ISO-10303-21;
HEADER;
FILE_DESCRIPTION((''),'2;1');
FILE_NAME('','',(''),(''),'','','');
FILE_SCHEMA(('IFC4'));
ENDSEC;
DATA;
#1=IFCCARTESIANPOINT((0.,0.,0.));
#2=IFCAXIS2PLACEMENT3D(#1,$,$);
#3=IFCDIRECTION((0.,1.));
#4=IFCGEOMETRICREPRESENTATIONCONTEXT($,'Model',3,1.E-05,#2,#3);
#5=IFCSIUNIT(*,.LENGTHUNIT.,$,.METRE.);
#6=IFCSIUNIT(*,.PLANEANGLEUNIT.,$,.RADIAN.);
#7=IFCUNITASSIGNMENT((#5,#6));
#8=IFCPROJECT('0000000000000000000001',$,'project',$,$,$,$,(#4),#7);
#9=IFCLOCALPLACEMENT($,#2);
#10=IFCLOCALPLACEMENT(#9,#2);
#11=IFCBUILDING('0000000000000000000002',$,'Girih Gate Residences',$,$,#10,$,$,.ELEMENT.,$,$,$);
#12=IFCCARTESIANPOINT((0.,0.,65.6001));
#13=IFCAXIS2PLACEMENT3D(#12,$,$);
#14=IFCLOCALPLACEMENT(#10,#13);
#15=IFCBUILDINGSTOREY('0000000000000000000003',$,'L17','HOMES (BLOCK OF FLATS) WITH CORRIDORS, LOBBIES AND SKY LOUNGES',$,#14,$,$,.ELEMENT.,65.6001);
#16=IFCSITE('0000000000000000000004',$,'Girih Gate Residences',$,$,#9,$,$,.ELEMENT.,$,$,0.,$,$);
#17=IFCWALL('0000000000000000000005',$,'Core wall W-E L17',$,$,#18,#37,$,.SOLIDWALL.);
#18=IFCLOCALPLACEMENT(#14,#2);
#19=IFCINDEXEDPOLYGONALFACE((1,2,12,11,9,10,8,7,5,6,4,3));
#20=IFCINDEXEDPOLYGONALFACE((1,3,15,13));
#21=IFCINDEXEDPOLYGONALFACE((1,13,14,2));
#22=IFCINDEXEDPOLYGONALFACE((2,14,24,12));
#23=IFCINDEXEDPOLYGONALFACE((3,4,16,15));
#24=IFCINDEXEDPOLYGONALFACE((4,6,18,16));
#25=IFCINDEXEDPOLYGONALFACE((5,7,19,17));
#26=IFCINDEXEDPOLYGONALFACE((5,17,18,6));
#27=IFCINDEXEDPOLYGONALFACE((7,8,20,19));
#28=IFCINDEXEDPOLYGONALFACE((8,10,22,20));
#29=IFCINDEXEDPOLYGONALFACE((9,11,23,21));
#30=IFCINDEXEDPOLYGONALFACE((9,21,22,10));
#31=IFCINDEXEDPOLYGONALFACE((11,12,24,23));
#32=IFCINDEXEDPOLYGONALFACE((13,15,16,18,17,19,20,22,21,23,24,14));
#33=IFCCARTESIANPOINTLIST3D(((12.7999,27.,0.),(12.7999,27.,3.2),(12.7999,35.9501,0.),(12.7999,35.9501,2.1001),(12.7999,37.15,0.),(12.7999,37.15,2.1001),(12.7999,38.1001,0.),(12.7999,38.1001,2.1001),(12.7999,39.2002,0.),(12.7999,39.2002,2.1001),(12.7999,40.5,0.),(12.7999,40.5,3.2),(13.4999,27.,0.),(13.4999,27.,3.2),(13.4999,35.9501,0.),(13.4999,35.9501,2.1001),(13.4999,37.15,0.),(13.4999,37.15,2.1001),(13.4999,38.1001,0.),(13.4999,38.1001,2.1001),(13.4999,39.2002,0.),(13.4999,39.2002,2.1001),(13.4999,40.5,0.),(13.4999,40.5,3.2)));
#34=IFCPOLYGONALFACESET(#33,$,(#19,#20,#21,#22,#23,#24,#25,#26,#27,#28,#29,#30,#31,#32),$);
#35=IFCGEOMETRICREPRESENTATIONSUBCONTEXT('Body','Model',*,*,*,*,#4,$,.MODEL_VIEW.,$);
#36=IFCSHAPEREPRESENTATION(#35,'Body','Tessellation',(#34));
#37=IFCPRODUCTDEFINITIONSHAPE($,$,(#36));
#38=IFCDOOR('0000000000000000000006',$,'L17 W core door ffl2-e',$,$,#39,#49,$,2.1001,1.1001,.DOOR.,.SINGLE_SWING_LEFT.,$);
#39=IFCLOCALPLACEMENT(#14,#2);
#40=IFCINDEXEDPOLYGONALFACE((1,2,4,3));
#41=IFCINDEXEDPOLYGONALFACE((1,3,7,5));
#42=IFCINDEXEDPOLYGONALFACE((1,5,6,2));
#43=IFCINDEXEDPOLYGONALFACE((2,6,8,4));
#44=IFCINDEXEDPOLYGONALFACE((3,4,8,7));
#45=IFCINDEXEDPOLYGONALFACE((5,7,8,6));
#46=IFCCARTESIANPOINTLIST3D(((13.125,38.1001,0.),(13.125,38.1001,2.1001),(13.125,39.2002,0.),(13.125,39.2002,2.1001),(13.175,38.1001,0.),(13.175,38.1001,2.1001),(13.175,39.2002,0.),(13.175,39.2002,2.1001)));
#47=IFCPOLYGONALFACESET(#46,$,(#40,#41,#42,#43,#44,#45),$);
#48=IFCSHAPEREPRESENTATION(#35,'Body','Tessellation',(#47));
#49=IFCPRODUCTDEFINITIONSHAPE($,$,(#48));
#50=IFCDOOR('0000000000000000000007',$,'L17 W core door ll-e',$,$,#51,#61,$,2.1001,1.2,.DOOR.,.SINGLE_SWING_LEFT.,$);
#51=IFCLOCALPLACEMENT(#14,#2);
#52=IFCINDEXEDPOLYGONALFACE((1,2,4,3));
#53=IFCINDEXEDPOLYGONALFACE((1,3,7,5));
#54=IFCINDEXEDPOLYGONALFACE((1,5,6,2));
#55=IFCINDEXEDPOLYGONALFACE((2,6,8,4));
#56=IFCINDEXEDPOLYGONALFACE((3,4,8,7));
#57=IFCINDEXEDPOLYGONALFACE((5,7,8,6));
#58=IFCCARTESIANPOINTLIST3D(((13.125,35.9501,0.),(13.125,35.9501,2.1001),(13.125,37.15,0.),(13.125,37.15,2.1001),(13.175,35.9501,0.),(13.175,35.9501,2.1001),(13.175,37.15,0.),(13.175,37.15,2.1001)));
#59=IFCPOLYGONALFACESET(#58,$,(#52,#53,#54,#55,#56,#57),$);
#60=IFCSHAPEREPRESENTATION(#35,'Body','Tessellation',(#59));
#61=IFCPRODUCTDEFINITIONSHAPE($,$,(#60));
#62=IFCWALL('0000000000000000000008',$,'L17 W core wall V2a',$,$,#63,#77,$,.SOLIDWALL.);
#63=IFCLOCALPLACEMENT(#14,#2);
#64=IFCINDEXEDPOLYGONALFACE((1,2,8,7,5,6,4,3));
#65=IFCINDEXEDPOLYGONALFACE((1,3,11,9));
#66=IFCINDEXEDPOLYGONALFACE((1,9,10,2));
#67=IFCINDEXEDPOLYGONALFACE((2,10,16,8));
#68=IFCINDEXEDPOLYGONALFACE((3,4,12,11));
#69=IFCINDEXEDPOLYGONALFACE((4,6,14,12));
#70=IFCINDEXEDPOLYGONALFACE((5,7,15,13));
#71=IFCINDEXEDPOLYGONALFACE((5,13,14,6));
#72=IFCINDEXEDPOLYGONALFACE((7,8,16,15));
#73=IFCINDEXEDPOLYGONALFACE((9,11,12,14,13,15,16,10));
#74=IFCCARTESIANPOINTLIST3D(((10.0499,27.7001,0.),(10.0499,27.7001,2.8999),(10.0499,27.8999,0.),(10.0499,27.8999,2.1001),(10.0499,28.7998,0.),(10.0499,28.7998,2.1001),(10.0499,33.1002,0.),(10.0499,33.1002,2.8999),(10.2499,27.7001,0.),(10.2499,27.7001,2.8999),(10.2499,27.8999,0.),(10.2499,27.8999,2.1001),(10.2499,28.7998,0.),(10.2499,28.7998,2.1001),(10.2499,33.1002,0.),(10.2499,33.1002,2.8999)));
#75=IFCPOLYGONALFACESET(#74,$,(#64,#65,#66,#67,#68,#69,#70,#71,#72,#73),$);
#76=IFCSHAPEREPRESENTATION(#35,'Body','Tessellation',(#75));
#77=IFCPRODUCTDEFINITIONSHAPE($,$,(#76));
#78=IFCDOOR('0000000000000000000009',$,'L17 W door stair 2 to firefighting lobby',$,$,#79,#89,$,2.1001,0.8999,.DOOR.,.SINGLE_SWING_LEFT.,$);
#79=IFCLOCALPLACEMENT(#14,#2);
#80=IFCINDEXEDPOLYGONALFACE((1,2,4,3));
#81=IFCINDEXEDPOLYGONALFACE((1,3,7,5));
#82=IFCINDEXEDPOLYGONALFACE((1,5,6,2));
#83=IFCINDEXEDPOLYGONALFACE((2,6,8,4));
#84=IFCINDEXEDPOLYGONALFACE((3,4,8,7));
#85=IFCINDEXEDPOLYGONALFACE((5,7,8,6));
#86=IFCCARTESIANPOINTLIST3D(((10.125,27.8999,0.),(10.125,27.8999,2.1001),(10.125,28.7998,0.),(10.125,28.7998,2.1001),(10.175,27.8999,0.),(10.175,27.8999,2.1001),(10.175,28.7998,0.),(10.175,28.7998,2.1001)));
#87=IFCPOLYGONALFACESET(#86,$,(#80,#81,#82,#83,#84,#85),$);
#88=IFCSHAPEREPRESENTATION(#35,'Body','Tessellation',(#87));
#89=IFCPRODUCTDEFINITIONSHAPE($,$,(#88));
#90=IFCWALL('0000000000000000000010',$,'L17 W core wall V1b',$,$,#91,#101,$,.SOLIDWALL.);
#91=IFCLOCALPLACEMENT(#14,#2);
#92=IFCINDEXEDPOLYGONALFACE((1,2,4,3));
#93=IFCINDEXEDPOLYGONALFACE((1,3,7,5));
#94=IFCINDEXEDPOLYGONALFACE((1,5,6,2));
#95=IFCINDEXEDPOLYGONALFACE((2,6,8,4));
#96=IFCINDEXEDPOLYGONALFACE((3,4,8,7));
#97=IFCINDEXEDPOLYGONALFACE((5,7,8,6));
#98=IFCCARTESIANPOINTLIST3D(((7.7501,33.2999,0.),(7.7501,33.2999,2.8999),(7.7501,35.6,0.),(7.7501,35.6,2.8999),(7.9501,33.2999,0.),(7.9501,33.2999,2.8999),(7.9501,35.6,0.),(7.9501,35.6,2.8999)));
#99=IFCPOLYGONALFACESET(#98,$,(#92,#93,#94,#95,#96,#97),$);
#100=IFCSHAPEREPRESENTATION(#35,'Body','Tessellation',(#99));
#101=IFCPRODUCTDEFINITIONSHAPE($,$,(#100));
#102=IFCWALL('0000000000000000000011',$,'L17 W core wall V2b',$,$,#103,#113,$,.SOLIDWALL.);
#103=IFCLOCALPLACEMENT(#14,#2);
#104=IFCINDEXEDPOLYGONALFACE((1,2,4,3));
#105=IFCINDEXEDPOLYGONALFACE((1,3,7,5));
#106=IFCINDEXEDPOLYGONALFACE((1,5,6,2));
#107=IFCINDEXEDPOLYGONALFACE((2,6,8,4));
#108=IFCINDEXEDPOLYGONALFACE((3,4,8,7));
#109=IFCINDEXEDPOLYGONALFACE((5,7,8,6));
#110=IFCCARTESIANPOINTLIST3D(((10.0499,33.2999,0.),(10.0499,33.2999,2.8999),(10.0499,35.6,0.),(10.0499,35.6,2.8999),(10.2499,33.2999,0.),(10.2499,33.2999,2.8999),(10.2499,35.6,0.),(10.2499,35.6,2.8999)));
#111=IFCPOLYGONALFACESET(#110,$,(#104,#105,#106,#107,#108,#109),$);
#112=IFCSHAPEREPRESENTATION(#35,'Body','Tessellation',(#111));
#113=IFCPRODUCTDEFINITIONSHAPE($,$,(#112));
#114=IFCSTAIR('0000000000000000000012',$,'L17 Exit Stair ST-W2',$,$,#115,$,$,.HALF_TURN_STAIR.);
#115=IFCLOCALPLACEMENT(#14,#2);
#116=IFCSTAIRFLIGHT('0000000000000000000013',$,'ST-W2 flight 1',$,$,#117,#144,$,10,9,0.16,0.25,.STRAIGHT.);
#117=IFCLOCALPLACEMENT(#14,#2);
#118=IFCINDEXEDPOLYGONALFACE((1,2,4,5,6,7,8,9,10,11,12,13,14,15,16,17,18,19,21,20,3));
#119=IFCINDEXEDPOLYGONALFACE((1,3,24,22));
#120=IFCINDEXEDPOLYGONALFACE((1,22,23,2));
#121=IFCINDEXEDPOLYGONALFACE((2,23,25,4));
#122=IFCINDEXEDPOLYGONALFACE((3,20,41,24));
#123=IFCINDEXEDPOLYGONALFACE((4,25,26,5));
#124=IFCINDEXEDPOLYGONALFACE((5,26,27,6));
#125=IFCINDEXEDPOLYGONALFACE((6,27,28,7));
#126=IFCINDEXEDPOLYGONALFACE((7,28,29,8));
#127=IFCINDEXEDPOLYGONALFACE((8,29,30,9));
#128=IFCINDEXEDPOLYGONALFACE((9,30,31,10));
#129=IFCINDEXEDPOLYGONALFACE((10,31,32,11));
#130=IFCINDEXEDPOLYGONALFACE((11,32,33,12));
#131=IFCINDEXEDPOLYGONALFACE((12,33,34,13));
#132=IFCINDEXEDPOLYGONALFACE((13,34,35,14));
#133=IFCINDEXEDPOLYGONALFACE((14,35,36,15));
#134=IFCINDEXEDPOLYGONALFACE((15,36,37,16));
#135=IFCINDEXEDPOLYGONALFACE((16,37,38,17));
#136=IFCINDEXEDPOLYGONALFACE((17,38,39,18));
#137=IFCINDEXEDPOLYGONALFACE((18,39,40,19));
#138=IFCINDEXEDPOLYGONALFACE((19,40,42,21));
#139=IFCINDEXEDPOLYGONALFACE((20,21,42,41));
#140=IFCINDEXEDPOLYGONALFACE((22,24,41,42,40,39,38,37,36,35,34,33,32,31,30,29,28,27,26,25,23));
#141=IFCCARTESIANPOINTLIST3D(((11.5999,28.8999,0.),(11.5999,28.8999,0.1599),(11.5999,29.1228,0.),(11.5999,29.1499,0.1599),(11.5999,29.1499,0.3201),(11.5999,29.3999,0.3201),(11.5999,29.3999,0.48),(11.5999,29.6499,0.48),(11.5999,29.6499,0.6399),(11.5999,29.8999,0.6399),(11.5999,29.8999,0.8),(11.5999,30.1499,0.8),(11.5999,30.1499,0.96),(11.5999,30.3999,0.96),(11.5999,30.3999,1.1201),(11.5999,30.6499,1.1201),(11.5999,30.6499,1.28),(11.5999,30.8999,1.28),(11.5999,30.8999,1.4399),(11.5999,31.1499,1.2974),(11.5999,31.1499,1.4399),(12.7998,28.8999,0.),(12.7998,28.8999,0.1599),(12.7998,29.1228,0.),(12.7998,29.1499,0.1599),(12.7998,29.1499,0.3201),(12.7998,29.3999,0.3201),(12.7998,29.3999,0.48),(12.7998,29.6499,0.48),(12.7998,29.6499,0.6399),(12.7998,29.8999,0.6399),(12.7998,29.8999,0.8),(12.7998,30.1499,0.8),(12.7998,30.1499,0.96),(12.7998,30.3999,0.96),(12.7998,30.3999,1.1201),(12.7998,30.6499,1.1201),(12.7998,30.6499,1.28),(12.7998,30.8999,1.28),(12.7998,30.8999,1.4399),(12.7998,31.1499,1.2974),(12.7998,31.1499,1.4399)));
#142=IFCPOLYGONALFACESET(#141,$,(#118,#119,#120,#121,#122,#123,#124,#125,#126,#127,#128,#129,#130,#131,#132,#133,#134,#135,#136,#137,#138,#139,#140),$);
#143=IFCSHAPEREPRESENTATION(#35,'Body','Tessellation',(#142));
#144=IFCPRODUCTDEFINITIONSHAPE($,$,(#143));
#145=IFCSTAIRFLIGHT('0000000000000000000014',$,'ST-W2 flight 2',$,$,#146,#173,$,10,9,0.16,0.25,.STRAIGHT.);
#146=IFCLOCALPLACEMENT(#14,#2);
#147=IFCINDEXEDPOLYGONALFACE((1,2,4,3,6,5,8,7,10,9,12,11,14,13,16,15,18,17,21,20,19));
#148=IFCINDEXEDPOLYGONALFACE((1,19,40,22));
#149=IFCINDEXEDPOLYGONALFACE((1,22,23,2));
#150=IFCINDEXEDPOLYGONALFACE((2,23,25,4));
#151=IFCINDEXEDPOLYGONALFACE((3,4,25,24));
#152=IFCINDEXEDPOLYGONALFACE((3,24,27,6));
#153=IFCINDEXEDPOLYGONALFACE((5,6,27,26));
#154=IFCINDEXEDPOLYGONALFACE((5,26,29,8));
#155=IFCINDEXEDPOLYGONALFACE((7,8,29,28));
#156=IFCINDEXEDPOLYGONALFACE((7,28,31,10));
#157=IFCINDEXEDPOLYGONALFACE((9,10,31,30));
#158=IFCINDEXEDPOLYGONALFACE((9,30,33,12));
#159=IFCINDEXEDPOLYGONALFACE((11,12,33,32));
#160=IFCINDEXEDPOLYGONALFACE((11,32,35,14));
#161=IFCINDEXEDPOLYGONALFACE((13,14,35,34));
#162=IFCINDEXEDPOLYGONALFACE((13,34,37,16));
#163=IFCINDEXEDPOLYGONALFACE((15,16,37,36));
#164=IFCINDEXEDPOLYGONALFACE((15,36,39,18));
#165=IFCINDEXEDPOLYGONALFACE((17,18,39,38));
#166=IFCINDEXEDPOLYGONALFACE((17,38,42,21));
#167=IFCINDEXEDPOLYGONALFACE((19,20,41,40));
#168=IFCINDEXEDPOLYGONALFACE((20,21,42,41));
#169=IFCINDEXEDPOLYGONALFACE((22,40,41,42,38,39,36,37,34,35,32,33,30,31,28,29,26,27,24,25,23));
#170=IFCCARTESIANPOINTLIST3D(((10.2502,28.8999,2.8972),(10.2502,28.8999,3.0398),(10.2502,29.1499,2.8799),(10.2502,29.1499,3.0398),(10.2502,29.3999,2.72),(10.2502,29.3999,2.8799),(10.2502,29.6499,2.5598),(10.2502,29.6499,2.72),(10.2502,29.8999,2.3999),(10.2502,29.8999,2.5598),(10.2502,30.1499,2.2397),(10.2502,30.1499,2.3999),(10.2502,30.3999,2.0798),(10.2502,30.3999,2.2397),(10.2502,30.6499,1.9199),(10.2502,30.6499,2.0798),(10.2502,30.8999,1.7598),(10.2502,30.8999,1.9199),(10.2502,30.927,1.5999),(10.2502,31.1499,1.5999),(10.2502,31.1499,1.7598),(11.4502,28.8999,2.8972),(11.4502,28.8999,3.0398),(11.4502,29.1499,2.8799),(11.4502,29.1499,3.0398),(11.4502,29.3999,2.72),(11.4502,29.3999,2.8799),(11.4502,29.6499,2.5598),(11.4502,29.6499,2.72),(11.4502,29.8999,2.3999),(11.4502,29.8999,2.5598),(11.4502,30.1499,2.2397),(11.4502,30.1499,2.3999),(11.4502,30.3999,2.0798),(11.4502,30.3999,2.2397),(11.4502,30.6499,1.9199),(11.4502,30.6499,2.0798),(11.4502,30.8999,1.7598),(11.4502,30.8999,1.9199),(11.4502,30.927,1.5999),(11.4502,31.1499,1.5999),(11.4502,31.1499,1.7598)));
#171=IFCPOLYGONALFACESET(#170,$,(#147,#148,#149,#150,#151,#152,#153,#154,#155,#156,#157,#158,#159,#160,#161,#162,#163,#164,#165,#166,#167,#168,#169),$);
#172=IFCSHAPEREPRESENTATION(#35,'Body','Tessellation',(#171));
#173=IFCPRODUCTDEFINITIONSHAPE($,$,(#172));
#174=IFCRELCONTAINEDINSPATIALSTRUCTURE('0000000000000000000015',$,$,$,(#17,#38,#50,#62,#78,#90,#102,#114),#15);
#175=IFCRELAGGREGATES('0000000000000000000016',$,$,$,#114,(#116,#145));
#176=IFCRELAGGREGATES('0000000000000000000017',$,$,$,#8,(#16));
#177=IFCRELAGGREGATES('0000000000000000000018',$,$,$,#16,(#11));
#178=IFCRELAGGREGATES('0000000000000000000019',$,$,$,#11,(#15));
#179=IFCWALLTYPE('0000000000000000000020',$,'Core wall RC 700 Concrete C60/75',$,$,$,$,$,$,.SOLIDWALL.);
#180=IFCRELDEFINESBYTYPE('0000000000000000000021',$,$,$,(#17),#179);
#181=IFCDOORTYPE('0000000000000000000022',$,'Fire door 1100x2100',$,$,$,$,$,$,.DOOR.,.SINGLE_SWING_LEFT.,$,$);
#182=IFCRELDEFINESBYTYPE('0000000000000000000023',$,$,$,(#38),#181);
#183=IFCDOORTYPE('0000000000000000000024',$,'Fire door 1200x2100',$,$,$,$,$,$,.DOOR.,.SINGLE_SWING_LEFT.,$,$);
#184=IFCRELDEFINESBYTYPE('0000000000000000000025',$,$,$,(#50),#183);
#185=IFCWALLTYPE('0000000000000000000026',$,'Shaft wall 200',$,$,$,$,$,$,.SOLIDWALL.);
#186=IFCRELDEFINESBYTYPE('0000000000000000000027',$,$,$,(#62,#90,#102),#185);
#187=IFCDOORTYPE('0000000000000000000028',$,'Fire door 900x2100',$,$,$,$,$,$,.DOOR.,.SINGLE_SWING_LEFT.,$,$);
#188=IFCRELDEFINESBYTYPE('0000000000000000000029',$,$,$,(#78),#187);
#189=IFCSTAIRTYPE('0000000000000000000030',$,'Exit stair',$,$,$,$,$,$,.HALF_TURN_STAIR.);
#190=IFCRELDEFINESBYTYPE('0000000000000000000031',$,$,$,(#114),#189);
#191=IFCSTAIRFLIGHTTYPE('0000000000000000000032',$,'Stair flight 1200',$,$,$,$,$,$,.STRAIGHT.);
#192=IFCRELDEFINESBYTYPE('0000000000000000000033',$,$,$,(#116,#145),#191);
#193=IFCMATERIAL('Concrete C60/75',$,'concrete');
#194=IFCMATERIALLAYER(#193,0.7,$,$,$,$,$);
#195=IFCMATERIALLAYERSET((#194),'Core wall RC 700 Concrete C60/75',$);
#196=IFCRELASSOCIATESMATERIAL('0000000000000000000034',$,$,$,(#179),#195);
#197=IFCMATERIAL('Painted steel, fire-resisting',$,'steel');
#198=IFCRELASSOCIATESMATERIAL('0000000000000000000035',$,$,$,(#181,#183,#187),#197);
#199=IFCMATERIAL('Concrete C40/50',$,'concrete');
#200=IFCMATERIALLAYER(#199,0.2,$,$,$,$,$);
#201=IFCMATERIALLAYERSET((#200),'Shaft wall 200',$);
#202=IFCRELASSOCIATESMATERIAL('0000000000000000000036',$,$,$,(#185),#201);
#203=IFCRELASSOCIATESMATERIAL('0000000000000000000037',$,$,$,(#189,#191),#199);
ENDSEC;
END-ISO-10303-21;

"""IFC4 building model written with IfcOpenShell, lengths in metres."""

from ifc_helpers import new_model, si_unit, direction, frame, frame_2d, origin, place, context, subcontext, project, spatial, polyline, rectangle, outline, extrude, material, layer, layer_set, type_object, element, fill, aggregate, save


model = new_model("IFC4")

# Units and contexts
model_context = context("Model", 3, precision=1e-05, world=origin(), true_north=direction((0.0, 1.0)))
body_context = subcontext(model_context, "Body", "Model", "MODEL_VIEW")
ifc_project = project(units=[si_unit("LENGTHUNIT", "METRE"), si_unit("PLANEANGLEUNIT", "RADIAN")], contexts=[model_context])

# Site, building, storey
site_placement = place(None, origin())
site = spatial("IfcSite", under=ifc_project, at=site_placement, Name="Girih Gate Residences", CompositionType="ELEMENT", RefElevation=0.0)
building_placement = place(site_placement, origin())
building = spatial("IfcBuilding", under=site, at=building_placement, Name="Girih Gate Residences", CompositionType="ELEMENT")
storey_placement = place(building_placement, frame((0.0, 0.0, 65.6001)))
storey = spatial("IfcBuildingStorey", under=building, at=storey_placement, Name="L17", Description="HOMES (BLOCK OF FLATS) WITH CORRIDORS, LOBBIES AND SKY LOUNGES", CompositionType="ELEMENT", Elevation=65.6001)

# Shared definitions
ifc_material_1 = material(Name="Concrete C60/75", Category="concrete")

# Wall, openings, doors
ifc_layer_1 = layer(ifc_material_1, 0.7)
ifc_layer_set_1 = layer_set([ifc_layer_1], Name="Core wall RC 700 Concrete C60/75")
wall_type_1 = type_object("IfcWallType", Name="Core wall RC 700 Concrete C60/75", PredefinedType="SOLIDWALL", material=ifc_layer_set_1)
wall_1_placement = place(storey_placement, frame((13.1499, 27.0, 0.0), z_axis=(0.0, 0.0, 1.0), x_axis=(0.0, 1.0, 0.0)))
wall_1 = element("IfcWall", 1, at=wall_1_placement, inside=storey, type_object=wall_type_1, Name="Core wall W-E L17", PredefinedType="SOLIDWALL", context=body_context, shape_type="SweptSolid", body=[
    extrude(rectangle(XDim=13.5, YDim=0.7, at=frame_2d((6.75, 0.0))), origin(), (0.0, 0.0, 1.0), 3.2),
])
opening_1_placement = place(wall_1_placement, frame((11.1001, 0.0, 0.0)))
opening_1 = element("IfcOpeningElement", 2, at=opening_1_placement, cuts=wall_1, PredefinedType="OPENING", context=body_context, shape_type="SweptSolid", body=[
    extrude(rectangle(XDim=1.1001, YDim=2.1001, at=frame_2d((0.55, 1.05))), frame((0.0, 0.3599, 0.0), z_axis=(0.0, -1.0, 0.0), x_axis=(1.0, 0.0, 0.0)), (0.0, 0.0, 1.0), 0.72),
])
opening_2_placement = place(wall_1_placement, frame((8.95, 0.0, 0.0)))
opening_2 = element("IfcOpeningElement", 3, at=opening_2_placement, cuts=wall_1, PredefinedType="OPENING", context=body_context, shape_type="SweptSolid", body=[
    extrude(rectangle(XDim=1.2, YDim=2.1001, at=frame_2d((0.6001, 1.05))), frame((0.0, 0.3599, 0.0), z_axis=(0.0, -1.0, 0.0), x_axis=(1.0, 0.0, 0.0)), (0.0, 0.0, 1.0), 0.72),
])
ifc_material_2 = material(Name="Painted steel, fire-resisting", Category="steel")
door_type_1 = type_object("IfcDoorType", Name="Fire door 1100x2100", OperationType="SINGLE_SWING_LEFT", PredefinedType="DOOR", material=ifc_material_2)
door_1_placement = place(opening_1_placement, origin())
door_1 = element("IfcDoor", 4, at=door_1_placement, inside=storey, type_object=door_type_1, Name="L17 W core door ffl2-e", OperationType="SINGLE_SWING_LEFT", OverallHeight=2.1001, OverallWidth=1.1001, PredefinedType="DOOR", context=body_context, shape_type="SweptSolid", body=[
    extrude(rectangle(XDim=1.1001, YDim=2.1001, at=frame_2d((0.55, 1.05))), frame((0.0, 0.0249, 0.0), z_axis=(0.0, -1.0, 0.0), x_axis=(1.0, 0.0, 0.0)), (0.0, 0.0, 1.0), 0.05),
])
fill(opening_1, door_1)
door_type_2 = type_object("IfcDoorType", Name="Fire door 1200x2100", OperationType="SINGLE_SWING_LEFT", PredefinedType="DOOR", material=ifc_material_2)
door_2_placement = place(opening_2_placement, origin())
door_2 = element("IfcDoor", 5, at=door_2_placement, inside=storey, type_object=door_type_2, Name="L17 W core door ll-e", OperationType="SINGLE_SWING_LEFT", OverallHeight=2.1001, OverallWidth=1.2, PredefinedType="DOOR", context=body_context, shape_type="SweptSolid", body=[
    extrude(rectangle(XDim=1.2, YDim=2.1001, at=frame_2d((0.6001, 1.05))), frame((0.0, 0.0249, 0.0), z_axis=(0.0, -1.0, 0.0), x_axis=(1.0, 0.0, 0.0)), (0.0, 0.0, 1.0), 0.05),
])
fill(opening_2, door_2)

# Wall, opening, door
ifc_material_3 = material(Name="Concrete C40/50", Category="concrete")
ifc_layer_2 = layer(ifc_material_3, 0.2)
ifc_layer_set_2 = layer_set([ifc_layer_2], Name="Shaft wall 200")
wall_type_2 = type_object("IfcWallType", Name="Shaft wall 200", PredefinedType="SOLIDWALL", material=ifc_layer_set_2)
wall_2_placement = place(storey_placement, frame((10.1499, 27.7, 0.0), z_axis=(0.0, 0.0, 1.0), x_axis=(0.0, 1.0, 0.0)))
wall_2 = element("IfcWall", 6, at=wall_2_placement, inside=storey, type_object=wall_type_2, Name="L17 W core wall V2a", PredefinedType="SOLIDWALL", context=body_context, shape_type="SweptSolid", body=[
    extrude(rectangle(XDim=5.4001, YDim=0.2, at=frame_2d((2.7002, 0.0))), origin(), (0.0, 0.0, 1.0), 2.8999),
])
opening_3_placement = place(wall_2_placement, frame((0.2, 0.0, 0.0)))
opening_3 = element("IfcOpeningElement", 7, at=opening_3_placement, cuts=wall_2, PredefinedType="OPENING", context=body_context, shape_type="SweptSolid", body=[
    extrude(rectangle(XDim=0.8999, YDim=2.1001, at=frame_2d((0.45, 1.05))), frame((0.0, 0.1099, 0.0), z_axis=(0.0, -1.0, 0.0), x_axis=(1.0, 0.0, 0.0)), (0.0, 0.0, 1.0), 0.22),
])
door_type_3 = type_object("IfcDoorType", Name="Fire door 900x2100", OperationType="SINGLE_SWING_LEFT", PredefinedType="DOOR", material=ifc_material_2)
door_3_placement = place(opening_3_placement, origin())
door_3 = element("IfcDoor", 8, at=door_3_placement, inside=storey, type_object=door_type_3, Name="L17 W door stair 2 to firefighting lobby", OperationType="SINGLE_SWING_LEFT", OverallHeight=2.1001, OverallWidth=0.8999, PredefinedType="DOOR", context=body_context, shape_type="SweptSolid", body=[
    extrude(rectangle(XDim=0.8999, YDim=2.1001, at=frame_2d((0.45, 1.05))), frame((0.0, 0.0249, 0.0), z_axis=(0.0, -1.0, 0.0), x_axis=(1.0, 0.0, 0.0)), (0.0, 0.0, 1.0), 0.05),
])
fill(opening_3, door_3)

# Walls
for number, where, z_axis, x_axis, name in (
    (9, (7.8501, 33.3, 0.0), (0.0, 0.0, 1.0), (0.0, 1.0, 0.0), "L17 W core wall V1b"),
    (10, (10.1499, 33.3, 0.0), (0.0, 0.0, 1.0), (0.0, 1.0, 0.0), "L17 W core wall V2b"),
):
    element("IfcWall", number, at=place(storey_placement, frame(where, z_axis=z_axis, x_axis=x_axis)), inside=storey, type_object=wall_type_2, Name=name, PredefinedType="SOLIDWALL", context=body_context, shape_type="SweptSolid", body=[
        extrude(rectangle(XDim=2.3, YDim=0.2, at=frame_2d((1.1499, 0.0))), origin(), (0.0, 0.0, 1.0), 2.8999),
    ])

# Stair, stair flights
stair_type = type_object("IfcStairType", Name="Exit stair", PredefinedType="HALF_TURN_STAIR", material=ifc_material_3)
stair_placement = place(storey_placement, origin())
stair = element("IfcStair", 11, at=stair_placement, inside=storey, type_object=stair_type, Name="L17 Exit Stair ST-W2", PredefinedType="HALF_TURN_STAIR")
stair_flight_type = type_object("IfcStairFlightType", Name="Stair flight 1200", PredefinedType="STRAIGHT", material=ifc_material_3)
stair_flight_1_placement = place(storey_placement, frame((12.2, 28.8999, 0.0), z_axis=(0.0, 0.0, 1.0), x_axis=(0.0, 1.0, 0.0)))
stair_flight_1 = element("IfcStairFlight", 12, at=stair_flight_1_placement, type_object=stair_flight_type, Name="ST-W2 flight 1", NumberOfRisers=10, NumberOfTreads=9, PredefinedType="STRAIGHT", RiserHeight=0.16, TreadLength=0.25, context=body_context, shape_type="SweptSolid", body=[
    extrude(outline(polyline([(0.0, 0.0), (0.0, 0.1599), (0.25, 0.1599), (0.25, 0.3201), (0.5, 0.3201), (0.5, 0.48), (0.75, 0.48), (0.75, 0.6399), (1.0, 0.6399), (1.0, 0.8), (1.25, 0.8), (1.25, 0.96), (1.5, 0.96), (1.5, 1.1201), (1.75, 1.1201), (1.75, 1.28), (2.0, 1.28), (2.0, 1.4399), (2.25, 1.4399), (2.25, 1.6001), (2.25, 1.2974), (0.2229, 0.0), (0.0, 0.0)])), frame((0.0, 0.6001, 0.0), z_axis=(0.0, -1.0, 0.0), x_axis=(1.0, 0.0, 0.0)), (0.0, 0.0, 1.0), 1.2),
])
stair_flight_2_placement = place(storey_placement, frame((10.8501, 31.1499, 1.5999), z_axis=(0.0, 0.0, 1.0), x_axis=(0.0, -1.0, 0.0)))
stair_flight_2 = element("IfcStairFlight", 13, at=stair_flight_2_placement, type_object=stair_flight_type, Name="ST-W2 flight 2", NumberOfRisers=10, NumberOfTreads=9, PredefinedType="STRAIGHT", RiserHeight=0.16, TreadLength=0.25, context=body_context, shape_type="SweptSolid", body=[
    extrude(outline(polyline([(0.0, 0.0), (0.0, 0.1599), (0.25, 0.1599), (0.25, 0.3201), (0.5, 0.3201), (0.5, 0.48), (0.75, 0.48), (0.75, 0.6399), (1.0, 0.6399), (1.0, 0.8), (1.25, 0.8), (1.25, 0.96), (1.5, 0.96), (1.5, 1.1201), (1.75, 1.1201), (1.75, 1.28), (2.0, 1.28), (2.0, 1.4399), (2.25, 1.4399), (2.25, 1.6001), (2.25, 1.2974), (0.2229, 0.0), (0.0, 0.0)])), frame((0.0, 0.6001, 0.0), z_axis=(0.0, -1.0, 0.0), x_axis=(1.0, 0.0, 0.0)), (0.0, 0.0, 1.0), 1.2),
])
aggregate(stair, [stair_flight_1, stair_flight_2])

save(model, "model.ifc")
